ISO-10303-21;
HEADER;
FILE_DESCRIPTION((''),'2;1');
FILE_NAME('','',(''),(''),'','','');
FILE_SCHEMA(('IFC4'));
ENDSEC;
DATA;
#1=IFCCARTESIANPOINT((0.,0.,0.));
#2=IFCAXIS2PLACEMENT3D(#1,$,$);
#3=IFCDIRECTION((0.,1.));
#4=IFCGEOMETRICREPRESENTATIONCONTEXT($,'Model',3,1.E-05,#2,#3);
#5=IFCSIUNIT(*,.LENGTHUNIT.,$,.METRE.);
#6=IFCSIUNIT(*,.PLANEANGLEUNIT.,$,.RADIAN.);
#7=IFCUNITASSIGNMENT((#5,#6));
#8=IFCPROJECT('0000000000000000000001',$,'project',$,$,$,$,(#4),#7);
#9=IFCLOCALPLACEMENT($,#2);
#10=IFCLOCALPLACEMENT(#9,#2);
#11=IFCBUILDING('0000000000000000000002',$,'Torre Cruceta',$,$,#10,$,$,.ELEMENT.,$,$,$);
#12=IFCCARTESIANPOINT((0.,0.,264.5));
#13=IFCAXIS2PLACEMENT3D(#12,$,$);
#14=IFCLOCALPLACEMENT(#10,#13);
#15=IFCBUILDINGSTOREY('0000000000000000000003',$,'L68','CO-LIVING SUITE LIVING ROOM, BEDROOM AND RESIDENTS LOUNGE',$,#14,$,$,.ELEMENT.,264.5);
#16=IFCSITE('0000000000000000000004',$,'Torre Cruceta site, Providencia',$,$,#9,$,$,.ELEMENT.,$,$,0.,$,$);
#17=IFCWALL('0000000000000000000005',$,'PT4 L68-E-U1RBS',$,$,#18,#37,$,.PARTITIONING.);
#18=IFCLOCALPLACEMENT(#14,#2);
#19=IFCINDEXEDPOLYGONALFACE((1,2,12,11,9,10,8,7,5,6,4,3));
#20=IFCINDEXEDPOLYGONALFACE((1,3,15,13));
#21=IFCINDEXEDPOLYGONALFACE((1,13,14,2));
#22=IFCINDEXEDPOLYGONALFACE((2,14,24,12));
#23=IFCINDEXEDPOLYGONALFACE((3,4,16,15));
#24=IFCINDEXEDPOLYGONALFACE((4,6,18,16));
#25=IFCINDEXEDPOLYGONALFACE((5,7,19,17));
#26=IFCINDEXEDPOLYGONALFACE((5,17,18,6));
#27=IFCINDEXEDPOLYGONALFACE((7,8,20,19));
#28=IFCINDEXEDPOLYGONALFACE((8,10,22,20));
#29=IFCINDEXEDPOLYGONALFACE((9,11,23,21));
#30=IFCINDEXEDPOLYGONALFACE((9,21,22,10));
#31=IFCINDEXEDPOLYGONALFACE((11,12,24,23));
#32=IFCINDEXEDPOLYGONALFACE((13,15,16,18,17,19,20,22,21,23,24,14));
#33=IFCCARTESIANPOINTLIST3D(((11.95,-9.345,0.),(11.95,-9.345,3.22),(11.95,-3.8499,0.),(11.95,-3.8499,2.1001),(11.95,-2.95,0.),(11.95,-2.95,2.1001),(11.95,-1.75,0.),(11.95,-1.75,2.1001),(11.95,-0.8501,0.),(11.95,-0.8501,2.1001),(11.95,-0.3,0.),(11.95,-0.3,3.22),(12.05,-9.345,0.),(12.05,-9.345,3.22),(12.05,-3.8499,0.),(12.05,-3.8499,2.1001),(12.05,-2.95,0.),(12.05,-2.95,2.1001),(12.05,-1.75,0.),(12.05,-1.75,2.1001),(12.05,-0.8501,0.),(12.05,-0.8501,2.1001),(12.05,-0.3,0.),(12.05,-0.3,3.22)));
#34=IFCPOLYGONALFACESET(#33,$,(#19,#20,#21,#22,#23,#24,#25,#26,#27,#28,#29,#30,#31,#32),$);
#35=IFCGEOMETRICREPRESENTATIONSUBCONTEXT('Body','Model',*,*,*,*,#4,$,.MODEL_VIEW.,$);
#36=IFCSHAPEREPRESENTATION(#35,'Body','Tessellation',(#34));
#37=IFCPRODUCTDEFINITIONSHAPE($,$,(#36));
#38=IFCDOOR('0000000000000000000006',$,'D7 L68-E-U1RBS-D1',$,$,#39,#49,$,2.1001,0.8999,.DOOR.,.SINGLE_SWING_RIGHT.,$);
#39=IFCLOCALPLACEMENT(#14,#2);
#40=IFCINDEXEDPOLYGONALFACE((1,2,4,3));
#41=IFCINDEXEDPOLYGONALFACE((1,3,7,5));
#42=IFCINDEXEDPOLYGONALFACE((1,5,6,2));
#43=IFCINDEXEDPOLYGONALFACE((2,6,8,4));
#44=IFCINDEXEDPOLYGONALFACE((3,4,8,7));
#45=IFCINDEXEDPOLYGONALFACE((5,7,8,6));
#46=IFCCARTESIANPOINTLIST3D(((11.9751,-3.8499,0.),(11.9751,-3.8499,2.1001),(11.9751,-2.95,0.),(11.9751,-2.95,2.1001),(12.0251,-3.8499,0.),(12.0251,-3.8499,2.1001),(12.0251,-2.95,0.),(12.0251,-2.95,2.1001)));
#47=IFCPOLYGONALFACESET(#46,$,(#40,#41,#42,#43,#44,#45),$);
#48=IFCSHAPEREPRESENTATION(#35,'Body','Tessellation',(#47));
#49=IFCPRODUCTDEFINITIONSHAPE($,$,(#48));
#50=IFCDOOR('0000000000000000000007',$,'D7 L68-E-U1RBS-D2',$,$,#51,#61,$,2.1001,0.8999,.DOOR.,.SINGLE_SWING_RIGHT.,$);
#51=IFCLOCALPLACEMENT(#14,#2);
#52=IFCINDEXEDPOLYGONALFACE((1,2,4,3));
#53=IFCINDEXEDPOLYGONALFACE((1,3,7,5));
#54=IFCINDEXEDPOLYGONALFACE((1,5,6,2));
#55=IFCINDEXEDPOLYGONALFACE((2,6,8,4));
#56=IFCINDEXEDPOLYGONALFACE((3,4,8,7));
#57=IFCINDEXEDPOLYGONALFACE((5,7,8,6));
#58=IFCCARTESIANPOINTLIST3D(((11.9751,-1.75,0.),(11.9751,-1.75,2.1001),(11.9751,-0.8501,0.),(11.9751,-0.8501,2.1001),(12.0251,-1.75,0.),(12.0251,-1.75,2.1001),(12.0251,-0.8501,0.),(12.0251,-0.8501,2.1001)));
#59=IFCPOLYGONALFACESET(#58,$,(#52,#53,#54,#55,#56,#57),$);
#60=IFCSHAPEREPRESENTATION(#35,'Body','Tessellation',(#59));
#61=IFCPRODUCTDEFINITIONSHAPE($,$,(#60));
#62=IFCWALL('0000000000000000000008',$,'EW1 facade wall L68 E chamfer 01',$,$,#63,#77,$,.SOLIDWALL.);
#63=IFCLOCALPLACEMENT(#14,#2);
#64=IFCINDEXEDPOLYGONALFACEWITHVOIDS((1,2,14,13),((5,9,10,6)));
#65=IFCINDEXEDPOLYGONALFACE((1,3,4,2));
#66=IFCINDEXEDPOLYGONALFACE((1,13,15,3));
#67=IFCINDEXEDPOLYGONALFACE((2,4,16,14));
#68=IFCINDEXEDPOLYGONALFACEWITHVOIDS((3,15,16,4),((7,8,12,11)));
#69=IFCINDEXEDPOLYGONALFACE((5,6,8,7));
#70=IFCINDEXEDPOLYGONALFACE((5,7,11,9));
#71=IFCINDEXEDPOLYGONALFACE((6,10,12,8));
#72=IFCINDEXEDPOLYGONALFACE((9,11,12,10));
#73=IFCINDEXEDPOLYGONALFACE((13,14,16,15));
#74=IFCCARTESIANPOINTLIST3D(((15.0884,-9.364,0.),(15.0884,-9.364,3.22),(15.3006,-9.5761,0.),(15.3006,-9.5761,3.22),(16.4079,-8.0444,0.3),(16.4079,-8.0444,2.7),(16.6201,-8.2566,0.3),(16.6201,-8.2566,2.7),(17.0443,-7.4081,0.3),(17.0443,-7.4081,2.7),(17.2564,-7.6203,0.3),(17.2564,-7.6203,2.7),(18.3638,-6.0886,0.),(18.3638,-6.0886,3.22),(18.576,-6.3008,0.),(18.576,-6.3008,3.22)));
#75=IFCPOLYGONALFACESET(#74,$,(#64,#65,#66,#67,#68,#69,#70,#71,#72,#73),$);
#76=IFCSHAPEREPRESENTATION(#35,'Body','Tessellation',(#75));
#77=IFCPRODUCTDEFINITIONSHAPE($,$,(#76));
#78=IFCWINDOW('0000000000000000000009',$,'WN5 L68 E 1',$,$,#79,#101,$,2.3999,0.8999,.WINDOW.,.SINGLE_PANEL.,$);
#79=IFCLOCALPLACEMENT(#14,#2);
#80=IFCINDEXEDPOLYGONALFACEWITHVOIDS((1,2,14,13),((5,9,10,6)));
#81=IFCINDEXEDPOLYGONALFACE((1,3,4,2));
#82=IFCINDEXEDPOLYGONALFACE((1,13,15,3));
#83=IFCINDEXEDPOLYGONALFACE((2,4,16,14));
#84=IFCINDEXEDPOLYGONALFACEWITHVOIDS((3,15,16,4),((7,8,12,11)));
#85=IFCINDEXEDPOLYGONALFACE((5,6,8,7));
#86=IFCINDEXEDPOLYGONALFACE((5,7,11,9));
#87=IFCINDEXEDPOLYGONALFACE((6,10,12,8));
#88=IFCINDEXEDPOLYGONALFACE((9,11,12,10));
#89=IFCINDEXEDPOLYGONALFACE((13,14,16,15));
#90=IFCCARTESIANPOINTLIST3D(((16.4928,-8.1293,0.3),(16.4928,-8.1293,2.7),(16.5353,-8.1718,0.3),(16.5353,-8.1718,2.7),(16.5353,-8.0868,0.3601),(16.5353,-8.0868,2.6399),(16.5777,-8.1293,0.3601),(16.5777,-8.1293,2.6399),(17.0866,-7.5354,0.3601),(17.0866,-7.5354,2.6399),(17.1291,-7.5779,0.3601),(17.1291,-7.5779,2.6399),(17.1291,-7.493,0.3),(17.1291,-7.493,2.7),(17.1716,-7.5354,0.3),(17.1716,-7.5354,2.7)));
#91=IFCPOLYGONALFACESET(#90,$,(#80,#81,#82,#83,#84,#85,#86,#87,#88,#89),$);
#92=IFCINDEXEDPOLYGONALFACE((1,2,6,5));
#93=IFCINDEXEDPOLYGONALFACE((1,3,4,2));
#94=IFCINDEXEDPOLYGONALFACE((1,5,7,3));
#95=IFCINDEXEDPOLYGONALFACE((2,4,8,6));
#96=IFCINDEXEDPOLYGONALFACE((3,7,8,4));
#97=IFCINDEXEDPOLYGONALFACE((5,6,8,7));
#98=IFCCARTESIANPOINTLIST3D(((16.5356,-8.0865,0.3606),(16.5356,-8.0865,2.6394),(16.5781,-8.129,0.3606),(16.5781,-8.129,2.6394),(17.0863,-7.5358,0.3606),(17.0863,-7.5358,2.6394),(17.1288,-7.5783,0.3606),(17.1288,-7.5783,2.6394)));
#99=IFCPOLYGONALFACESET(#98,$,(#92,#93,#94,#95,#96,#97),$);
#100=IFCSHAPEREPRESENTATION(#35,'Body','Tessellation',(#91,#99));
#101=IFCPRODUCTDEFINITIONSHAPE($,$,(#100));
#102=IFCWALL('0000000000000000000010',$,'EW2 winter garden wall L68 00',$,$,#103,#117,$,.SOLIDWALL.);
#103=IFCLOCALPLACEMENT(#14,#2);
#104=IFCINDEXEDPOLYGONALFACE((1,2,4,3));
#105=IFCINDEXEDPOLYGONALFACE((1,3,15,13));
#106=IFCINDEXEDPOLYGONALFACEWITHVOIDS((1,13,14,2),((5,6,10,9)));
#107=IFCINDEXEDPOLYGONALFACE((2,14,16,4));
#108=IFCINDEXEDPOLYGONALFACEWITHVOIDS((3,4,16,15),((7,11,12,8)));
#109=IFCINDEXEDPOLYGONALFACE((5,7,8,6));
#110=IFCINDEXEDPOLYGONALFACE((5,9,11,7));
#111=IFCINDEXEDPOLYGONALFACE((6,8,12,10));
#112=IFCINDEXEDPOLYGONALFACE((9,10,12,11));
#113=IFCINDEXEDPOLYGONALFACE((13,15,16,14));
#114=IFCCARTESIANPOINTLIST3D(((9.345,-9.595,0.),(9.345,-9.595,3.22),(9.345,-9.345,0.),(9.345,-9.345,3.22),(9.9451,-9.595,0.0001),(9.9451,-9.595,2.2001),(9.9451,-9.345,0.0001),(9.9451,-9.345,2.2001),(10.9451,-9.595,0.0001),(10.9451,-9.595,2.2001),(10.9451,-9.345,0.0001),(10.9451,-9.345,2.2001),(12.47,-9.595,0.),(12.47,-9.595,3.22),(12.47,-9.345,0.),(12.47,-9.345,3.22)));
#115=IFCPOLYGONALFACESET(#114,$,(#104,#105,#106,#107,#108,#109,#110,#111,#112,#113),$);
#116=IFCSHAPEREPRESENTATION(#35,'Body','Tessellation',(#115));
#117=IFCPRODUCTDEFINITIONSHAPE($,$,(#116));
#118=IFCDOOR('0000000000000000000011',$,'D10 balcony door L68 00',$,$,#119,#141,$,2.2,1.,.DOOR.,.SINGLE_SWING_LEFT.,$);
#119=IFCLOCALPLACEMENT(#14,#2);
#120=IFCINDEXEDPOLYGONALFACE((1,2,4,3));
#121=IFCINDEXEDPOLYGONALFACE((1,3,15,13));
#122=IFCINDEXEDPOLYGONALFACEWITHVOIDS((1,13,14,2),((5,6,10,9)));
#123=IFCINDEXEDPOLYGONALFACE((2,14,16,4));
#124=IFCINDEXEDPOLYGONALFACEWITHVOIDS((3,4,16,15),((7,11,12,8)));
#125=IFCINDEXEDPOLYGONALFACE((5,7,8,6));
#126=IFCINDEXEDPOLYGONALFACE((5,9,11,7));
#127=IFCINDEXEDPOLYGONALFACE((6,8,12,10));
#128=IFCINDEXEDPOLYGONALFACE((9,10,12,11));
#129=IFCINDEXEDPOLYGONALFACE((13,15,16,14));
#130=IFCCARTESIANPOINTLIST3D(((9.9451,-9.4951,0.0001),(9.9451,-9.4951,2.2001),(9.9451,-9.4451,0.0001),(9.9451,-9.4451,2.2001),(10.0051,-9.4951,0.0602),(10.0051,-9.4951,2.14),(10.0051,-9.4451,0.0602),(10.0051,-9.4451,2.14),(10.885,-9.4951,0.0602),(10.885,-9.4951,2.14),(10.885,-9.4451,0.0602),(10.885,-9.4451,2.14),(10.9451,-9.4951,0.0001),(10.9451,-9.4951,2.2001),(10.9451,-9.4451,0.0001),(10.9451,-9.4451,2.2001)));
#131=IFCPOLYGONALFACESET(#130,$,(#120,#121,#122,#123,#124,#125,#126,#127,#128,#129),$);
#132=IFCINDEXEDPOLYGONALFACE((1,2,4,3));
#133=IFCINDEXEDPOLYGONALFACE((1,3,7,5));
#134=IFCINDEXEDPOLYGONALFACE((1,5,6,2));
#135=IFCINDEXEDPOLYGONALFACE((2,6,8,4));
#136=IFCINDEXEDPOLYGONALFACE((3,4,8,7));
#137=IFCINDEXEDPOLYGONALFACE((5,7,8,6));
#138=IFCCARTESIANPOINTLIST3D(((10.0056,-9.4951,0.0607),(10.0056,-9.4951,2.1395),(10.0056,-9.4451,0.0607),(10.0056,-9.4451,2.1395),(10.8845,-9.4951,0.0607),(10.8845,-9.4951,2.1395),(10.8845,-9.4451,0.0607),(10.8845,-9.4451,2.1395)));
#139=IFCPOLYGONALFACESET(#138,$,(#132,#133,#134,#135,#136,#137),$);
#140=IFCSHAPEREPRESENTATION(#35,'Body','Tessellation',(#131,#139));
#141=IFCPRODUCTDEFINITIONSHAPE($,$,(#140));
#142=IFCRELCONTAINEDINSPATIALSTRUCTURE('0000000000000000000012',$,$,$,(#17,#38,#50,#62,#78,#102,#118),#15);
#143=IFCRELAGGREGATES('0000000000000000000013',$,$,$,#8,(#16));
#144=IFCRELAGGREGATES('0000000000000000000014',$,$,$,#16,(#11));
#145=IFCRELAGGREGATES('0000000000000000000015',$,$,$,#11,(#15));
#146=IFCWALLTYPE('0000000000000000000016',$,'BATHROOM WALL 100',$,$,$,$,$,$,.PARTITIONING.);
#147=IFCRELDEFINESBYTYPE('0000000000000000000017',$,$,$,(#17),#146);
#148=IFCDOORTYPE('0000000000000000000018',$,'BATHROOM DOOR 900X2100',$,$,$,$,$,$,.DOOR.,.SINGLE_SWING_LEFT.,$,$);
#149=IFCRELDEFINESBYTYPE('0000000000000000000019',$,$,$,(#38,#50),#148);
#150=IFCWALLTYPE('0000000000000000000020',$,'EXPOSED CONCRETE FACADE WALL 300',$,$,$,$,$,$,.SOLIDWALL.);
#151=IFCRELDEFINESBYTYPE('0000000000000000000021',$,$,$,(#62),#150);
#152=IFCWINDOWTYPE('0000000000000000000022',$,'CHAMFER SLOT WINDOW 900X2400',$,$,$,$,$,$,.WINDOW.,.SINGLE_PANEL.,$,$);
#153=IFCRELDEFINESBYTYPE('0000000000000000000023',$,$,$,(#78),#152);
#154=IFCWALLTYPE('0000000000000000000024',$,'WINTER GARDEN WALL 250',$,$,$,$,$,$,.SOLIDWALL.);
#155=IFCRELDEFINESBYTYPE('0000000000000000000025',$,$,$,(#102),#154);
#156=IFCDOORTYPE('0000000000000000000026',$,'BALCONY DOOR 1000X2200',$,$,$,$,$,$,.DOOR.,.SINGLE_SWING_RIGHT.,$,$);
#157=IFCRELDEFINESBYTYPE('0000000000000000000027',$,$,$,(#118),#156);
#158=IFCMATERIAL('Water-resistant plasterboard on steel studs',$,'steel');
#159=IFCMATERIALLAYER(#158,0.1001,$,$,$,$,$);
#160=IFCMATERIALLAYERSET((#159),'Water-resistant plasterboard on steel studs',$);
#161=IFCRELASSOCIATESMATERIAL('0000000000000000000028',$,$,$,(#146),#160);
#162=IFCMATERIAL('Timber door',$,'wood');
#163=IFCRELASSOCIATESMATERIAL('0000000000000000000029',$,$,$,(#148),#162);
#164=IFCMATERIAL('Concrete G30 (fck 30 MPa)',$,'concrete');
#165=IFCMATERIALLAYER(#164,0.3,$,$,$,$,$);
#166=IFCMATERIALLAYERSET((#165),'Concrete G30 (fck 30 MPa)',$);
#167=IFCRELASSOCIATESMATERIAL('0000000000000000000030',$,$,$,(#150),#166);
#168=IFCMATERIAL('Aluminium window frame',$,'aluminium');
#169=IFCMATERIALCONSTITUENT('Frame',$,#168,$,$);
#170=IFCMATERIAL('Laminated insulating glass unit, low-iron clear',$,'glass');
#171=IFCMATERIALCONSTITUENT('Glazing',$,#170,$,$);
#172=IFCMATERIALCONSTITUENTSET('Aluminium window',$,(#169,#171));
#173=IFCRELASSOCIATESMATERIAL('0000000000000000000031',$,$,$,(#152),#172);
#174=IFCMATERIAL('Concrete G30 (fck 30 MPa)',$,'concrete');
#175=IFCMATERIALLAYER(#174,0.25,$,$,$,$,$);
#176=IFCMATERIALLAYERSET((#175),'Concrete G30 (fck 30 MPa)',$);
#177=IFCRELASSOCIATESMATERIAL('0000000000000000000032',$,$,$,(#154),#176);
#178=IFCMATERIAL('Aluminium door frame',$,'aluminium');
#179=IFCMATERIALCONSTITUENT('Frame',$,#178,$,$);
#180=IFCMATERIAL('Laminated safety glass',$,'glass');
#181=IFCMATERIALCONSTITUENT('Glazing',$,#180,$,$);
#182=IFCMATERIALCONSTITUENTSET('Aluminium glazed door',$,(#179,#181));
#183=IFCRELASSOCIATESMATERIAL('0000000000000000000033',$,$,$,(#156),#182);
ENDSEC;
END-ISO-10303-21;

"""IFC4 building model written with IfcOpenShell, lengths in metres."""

from ifc_helpers import new_model, si_unit, direction, frame, frame_2d, origin, place, context, subcontext, project, spatial, rectangle, hollow_rectangle, extrude, material, layer, layer_set, constituent, constituent_set, type_object, element, fill, save


model = new_model("IFC4")

# Units and contexts
model_context = context("Model", 3, precision=1e-05, world=origin(), true_north=direction((0.0, 1.0)))
body_context = subcontext(model_context, "Body", "Model", "MODEL_VIEW")
ifc_project = project(units=[si_unit("LENGTHUNIT", "METRE"), si_unit("PLANEANGLEUNIT", "RADIAN")], contexts=[model_context])

# Site, building, storey
site_placement = place(None, origin())
site = spatial("IfcSite", under=ifc_project, at=site_placement, Name="Torre Cruceta site, Providencia", CompositionType="ELEMENT", RefElevation=0.0)
building_placement = place(site_placement, origin())
building = spatial("IfcBuilding", under=site, at=building_placement, Name="Torre Cruceta", CompositionType="ELEMENT")
storey_placement = place(building_placement, frame((0.0, 0.0, 264.5)))
storey = spatial("IfcBuildingStorey", under=building, at=storey_placement, Name="L68", Description="CO-LIVING SUITE LIVING ROOM, BEDROOM AND RESIDENTS LOUNGE", CompositionType="ELEMENT", Elevation=264.5)

# Wall, openings, doors
ifc_material_1 = material(Name="Water-resistant plasterboard on steel studs", Category="steel")
ifc_layer_1 = layer(ifc_material_1, 0.1001)
ifc_layer_set_1 = layer_set([ifc_layer_1], Name="Water-resistant plasterboard on steel studs")
wall_type_1 = type_object("IfcWallType", Name="BATHROOM WALL 100", PredefinedType="PARTITIONING", material=ifc_layer_set_1)
wall_1_placement = place(storey_placement, frame((12.0, -9.345, 0.0), z_axis=(0.0, 0.0, 1.0), x_axis=(0.0, 1.0, 0.0)))
wall_1 = element("IfcWall", 1, at=wall_1_placement, inside=storey, type_object=wall_type_1, Name="PT4 L68-E-U1RBS", PredefinedType="PARTITIONING", context=body_context, shape_type="SweptSolid", body=[
    extrude(rectangle(XDim=9.0449, YDim=0.1001, at=frame_2d((4.5225, 0.0))), origin(), (0.0, 0.0, 1.0), 3.22),
])
opening_1_placement = place(wall_1_placement, frame((5.4951, 0.0, 0.0)))
opening_1 = element("IfcOpeningElement", 2, at=opening_1_placement, cuts=wall_1, PredefinedType="OPENING", context=body_context, shape_type="SweptSolid", body=[
    extrude(rectangle(XDim=0.8999, YDim=2.1001, at=frame_2d((0.45, 1.05))), frame((0.0, 0.0601, 0.0), z_axis=(0.0, -1.0, 0.0), x_axis=(1.0, 0.0, 0.0)), (0.0, 0.0, 1.0), 0.1201),
])
opening_2_placement = place(wall_1_placement, frame((7.595, 0.0, 0.0)))
opening_2 = element("IfcOpeningElement", 3, at=opening_2_placement, cuts=wall_1, PredefinedType="OPENING", context=body_context, shape_type="SweptSolid", body=[
    extrude(rectangle(XDim=0.8999, YDim=2.1001, at=frame_2d((0.45, 1.05))), frame((0.0, 0.0601, 0.0), z_axis=(0.0, -1.0, 0.0), x_axis=(1.0, 0.0, 0.0)), (0.0, 0.0, 1.0), 0.1201),
])
ifc_material_2 = material(Name="Timber door", Category="wood")
door_type_1 = type_object("IfcDoorType", Name="BATHROOM DOOR 900X2100", OperationType="SINGLE_SWING_LEFT", PredefinedType="DOOR", material=ifc_material_2)
door_1_placement = place(opening_1_placement, origin())
door_1 = element("IfcDoor", 4, at=door_1_placement, inside=storey, type_object=door_type_1, Name="D7 L68-E-U1RBS-D1", OperationType="SINGLE_SWING_RIGHT", OverallHeight=2.1001, OverallWidth=0.8999, PredefinedType="DOOR", context=body_context, shape_type="SweptSolid", body=[
    extrude(rectangle(XDim=0.8999, YDim=2.1001, at=frame_2d((0.45, 1.05))), frame((0.0, 0.0249, 0.0), z_axis=(0.0, -1.0, 0.0), x_axis=(1.0, 0.0, 0.0)), (0.0, 0.0, 1.0), 0.05),
])
fill(opening_1, door_1)
door_2_placement = place(opening_2_placement, origin())
door_2 = element("IfcDoor", 5, at=door_2_placement, inside=storey, type_object=door_type_1, Name="D7 L68-E-U1RBS-D2", OperationType="SINGLE_SWING_RIGHT", OverallHeight=2.1001, OverallWidth=0.8999, PredefinedType="DOOR", context=body_context, shape_type="SweptSolid", body=[
    extrude(rectangle(XDim=0.8999, YDim=2.1001, at=frame_2d((0.45, 1.05))), frame((0.0, 0.0249, 0.0), z_axis=(0.0, -1.0, 0.0), x_axis=(1.0, 0.0, 0.0)), (0.0, 0.0, 1.0), 0.05),
])
fill(opening_2, door_2)

# Wall, opening, window
ifc_material_3 = material(Name="Concrete G30 (fck 30 MPa)", Category="concrete")
ifc_layer_2 = layer(ifc_material_3, 0.3)
ifc_layer_set_2 = layer_set([ifc_layer_2], Name="Concrete G30 (fck 30 MPa)")
wall_type_2 = type_object("IfcWallType", Name="EXPOSED CONCRETE FACADE WALL 300", PredefinedType="SOLIDWALL", material=ifc_layer_set_2)
wall_2_placement = place(storey_placement, frame((15.1946, -9.47, 0.0), z_axis=(0.0, 0.0, 1.0), x_axis=(0.707107, 0.707107, 0.0)))
wall_2 = element("IfcWall", 6, at=wall_2_placement, inside=storey, type_object=wall_type_2, Name="EW1 facade wall L68 E chamfer 01", PredefinedType="SOLIDWALL", context=body_context, shape_type="SweptSolid", body=[
    extrude(rectangle(XDim=4.6321, YDim=0.3, at=frame_2d((2.3159, 0.0))), origin(), (0.0, 0.0, 1.0), 3.22),
])
opening_3_placement = place(wall_2_placement, frame((1.866, 0.0, 0.3)))
opening_3 = element("IfcOpeningElement", 7, at=opening_3_placement, cuts=wall_2, PredefinedType="OPENING", context=body_context, shape_type="SweptSolid", body=[
    extrude(rectangle(XDim=0.8999, YDim=2.3999, at=frame_2d((0.45, 1.2))), frame((0.0, 0.1599, 0.0), z_axis=(0.0, -1.0, 0.0), x_axis=(1.0, 0.0, 0.0)), (0.0, 0.0, 1.0), 0.3201),
])
ifc_material_4 = material(Name="Aluminium window frame", Category="aluminium")
ifc_constituent_1 = constituent(ifc_material_4, Name="Frame")
ifc_material_5 = material(Name="Laminated insulating glass unit, low-iron clear", Category="glass")
ifc_constituent_2 = constituent(ifc_material_5, Name="Glazing")
ifc_constituent_set_1 = constituent_set(constituents=[ifc_constituent_1, ifc_constituent_2], Name="Aluminium window")
window_type = type_object("IfcWindowType", Name="CHAMFER SLOT WINDOW 900X2400", PartitioningType="SINGLE_PANEL", PredefinedType="WINDOW", material=ifc_constituent_set_1)
window_placement = place(opening_3_placement, origin())
window = element("IfcWindow", 8, at=window_placement, inside=storey, type_object=window_type, Name="WN5 L68 E 1", OverallHeight=2.3999, OverallWidth=0.8999, PartitioningType="SINGLE_PANEL", PredefinedType="WINDOW", context=body_context, shape_type="SweptSolid", body=[
    extrude(hollow_rectangle(XDim=0.8999, YDim=2.3999, WallThickness=0.0601, at=frame_2d((0.45, 1.2))), frame((0.0, 0.03, 0.0), z_axis=(0.0, -1.0, 0.0), x_axis=(1.0, 0.0, 0.0)), (0.0, 0.0, 1.0), 0.0601),
    extrude(rectangle(XDim=0.7788, YDim=2.2788, at=frame_2d((0.45, 1.2))), frame((0.0, 0.03, 0.0), z_axis=(0.0, -1.0, 0.0), x_axis=(1.0, 0.0, 0.0)), (0.0, 0.0, 1.0), 0.0601),
])
fill(opening_3, window)

# Wall, opening, door
ifc_material_6 = material(Name="Concrete G30 (fck 30 MPa)", Category="concrete")
ifc_layer_3 = layer(ifc_material_6, 0.25)
ifc_layer_set_3 = layer_set([ifc_layer_3], Name="Concrete G30 (fck 30 MPa)")
wall_type_3 = type_object("IfcWallType", Name="WINTER GARDEN WALL 250", PredefinedType="SOLIDWALL", material=ifc_layer_set_3)
wall_3_placement = place(storey_placement, frame((9.345, -9.47, 0.0), z_axis=(0.0, 0.0, 1.0), x_axis=(1.0, 0.0, 0.0)))
wall_3 = element("IfcWall", 9, at=wall_3_placement, inside=storey, type_object=wall_type_3, Name="EW2 winter garden wall L68 00", PredefinedType="SOLIDWALL", context=body_context, shape_type="SweptSolid", body=[
    extrude(rectangle(XDim=3.125, YDim=0.25, at=frame_2d((1.5625, 0.0))), origin(), (0.0, 0.0, 1.0), 3.22),
])
opening_4_placement = place(wall_3_placement, frame((0.6001, 0.0, 0.0)))
opening_4 = element("IfcOpeningElement", 10, at=opening_4_placement, cuts=wall_3, PredefinedType="OPENING", context=body_context, shape_type="SweptSolid", body=[
    extrude(rectangle(XDim=1.0, YDim=2.2, at=frame_2d((0.5, 1.1001))), frame((0.0, 0.135, 0.0), z_axis=(0.0, -1.0, 0.0), x_axis=(1.0, 0.0, 0.0)), (0.0, 0.0, 1.0), 0.27),
])
ifc_material_7 = material(Name="Aluminium door frame", Category="aluminium")
ifc_constituent_3 = constituent(ifc_material_7, Name="Frame")
ifc_material_8 = material(Name="Laminated safety glass", Category="glass")
ifc_constituent_4 = constituent(ifc_material_8, Name="Glazing")
ifc_constituent_set_2 = constituent_set(constituents=[ifc_constituent_3, ifc_constituent_4], Name="Aluminium glazed door")
door_type_2 = type_object("IfcDoorType", Name="BALCONY DOOR 1000X2200", OperationType="SINGLE_SWING_RIGHT", PredefinedType="DOOR", material=ifc_constituent_set_2)
door_3_placement = place(opening_4_placement, origin())
door_3 = element("IfcDoor", 11, at=door_3_placement, inside=storey, type_object=door_type_2, Name="D10 balcony door L68 00", OperationType="SINGLE_SWING_LEFT", OverallHeight=2.2, OverallWidth=1.0, PredefinedType="DOOR", context=body_context, shape_type="SweptSolid", body=[
    extrude(hollow_rectangle(XDim=1.0, YDim=2.2, WallThickness=0.0601, at=frame_2d((0.5, 1.1001))), frame((0.0, 0.0249, 0.0), z_axis=(0.0, -1.0, 0.0), x_axis=(1.0, 0.0, 0.0)), (0.0, 0.0, 1.0), 0.05),
    extrude(rectangle(XDim=0.8789, YDim=2.0789, at=frame_2d((0.5, 1.1001))), frame((0.0, 0.0249, 0.0), z_axis=(0.0, -1.0, 0.0), x_axis=(1.0, 0.0, 0.0)), (0.0, 0.0, 1.0), 0.05),
])
fill(opening_4, door_3)

save(model, "model.ifc")
